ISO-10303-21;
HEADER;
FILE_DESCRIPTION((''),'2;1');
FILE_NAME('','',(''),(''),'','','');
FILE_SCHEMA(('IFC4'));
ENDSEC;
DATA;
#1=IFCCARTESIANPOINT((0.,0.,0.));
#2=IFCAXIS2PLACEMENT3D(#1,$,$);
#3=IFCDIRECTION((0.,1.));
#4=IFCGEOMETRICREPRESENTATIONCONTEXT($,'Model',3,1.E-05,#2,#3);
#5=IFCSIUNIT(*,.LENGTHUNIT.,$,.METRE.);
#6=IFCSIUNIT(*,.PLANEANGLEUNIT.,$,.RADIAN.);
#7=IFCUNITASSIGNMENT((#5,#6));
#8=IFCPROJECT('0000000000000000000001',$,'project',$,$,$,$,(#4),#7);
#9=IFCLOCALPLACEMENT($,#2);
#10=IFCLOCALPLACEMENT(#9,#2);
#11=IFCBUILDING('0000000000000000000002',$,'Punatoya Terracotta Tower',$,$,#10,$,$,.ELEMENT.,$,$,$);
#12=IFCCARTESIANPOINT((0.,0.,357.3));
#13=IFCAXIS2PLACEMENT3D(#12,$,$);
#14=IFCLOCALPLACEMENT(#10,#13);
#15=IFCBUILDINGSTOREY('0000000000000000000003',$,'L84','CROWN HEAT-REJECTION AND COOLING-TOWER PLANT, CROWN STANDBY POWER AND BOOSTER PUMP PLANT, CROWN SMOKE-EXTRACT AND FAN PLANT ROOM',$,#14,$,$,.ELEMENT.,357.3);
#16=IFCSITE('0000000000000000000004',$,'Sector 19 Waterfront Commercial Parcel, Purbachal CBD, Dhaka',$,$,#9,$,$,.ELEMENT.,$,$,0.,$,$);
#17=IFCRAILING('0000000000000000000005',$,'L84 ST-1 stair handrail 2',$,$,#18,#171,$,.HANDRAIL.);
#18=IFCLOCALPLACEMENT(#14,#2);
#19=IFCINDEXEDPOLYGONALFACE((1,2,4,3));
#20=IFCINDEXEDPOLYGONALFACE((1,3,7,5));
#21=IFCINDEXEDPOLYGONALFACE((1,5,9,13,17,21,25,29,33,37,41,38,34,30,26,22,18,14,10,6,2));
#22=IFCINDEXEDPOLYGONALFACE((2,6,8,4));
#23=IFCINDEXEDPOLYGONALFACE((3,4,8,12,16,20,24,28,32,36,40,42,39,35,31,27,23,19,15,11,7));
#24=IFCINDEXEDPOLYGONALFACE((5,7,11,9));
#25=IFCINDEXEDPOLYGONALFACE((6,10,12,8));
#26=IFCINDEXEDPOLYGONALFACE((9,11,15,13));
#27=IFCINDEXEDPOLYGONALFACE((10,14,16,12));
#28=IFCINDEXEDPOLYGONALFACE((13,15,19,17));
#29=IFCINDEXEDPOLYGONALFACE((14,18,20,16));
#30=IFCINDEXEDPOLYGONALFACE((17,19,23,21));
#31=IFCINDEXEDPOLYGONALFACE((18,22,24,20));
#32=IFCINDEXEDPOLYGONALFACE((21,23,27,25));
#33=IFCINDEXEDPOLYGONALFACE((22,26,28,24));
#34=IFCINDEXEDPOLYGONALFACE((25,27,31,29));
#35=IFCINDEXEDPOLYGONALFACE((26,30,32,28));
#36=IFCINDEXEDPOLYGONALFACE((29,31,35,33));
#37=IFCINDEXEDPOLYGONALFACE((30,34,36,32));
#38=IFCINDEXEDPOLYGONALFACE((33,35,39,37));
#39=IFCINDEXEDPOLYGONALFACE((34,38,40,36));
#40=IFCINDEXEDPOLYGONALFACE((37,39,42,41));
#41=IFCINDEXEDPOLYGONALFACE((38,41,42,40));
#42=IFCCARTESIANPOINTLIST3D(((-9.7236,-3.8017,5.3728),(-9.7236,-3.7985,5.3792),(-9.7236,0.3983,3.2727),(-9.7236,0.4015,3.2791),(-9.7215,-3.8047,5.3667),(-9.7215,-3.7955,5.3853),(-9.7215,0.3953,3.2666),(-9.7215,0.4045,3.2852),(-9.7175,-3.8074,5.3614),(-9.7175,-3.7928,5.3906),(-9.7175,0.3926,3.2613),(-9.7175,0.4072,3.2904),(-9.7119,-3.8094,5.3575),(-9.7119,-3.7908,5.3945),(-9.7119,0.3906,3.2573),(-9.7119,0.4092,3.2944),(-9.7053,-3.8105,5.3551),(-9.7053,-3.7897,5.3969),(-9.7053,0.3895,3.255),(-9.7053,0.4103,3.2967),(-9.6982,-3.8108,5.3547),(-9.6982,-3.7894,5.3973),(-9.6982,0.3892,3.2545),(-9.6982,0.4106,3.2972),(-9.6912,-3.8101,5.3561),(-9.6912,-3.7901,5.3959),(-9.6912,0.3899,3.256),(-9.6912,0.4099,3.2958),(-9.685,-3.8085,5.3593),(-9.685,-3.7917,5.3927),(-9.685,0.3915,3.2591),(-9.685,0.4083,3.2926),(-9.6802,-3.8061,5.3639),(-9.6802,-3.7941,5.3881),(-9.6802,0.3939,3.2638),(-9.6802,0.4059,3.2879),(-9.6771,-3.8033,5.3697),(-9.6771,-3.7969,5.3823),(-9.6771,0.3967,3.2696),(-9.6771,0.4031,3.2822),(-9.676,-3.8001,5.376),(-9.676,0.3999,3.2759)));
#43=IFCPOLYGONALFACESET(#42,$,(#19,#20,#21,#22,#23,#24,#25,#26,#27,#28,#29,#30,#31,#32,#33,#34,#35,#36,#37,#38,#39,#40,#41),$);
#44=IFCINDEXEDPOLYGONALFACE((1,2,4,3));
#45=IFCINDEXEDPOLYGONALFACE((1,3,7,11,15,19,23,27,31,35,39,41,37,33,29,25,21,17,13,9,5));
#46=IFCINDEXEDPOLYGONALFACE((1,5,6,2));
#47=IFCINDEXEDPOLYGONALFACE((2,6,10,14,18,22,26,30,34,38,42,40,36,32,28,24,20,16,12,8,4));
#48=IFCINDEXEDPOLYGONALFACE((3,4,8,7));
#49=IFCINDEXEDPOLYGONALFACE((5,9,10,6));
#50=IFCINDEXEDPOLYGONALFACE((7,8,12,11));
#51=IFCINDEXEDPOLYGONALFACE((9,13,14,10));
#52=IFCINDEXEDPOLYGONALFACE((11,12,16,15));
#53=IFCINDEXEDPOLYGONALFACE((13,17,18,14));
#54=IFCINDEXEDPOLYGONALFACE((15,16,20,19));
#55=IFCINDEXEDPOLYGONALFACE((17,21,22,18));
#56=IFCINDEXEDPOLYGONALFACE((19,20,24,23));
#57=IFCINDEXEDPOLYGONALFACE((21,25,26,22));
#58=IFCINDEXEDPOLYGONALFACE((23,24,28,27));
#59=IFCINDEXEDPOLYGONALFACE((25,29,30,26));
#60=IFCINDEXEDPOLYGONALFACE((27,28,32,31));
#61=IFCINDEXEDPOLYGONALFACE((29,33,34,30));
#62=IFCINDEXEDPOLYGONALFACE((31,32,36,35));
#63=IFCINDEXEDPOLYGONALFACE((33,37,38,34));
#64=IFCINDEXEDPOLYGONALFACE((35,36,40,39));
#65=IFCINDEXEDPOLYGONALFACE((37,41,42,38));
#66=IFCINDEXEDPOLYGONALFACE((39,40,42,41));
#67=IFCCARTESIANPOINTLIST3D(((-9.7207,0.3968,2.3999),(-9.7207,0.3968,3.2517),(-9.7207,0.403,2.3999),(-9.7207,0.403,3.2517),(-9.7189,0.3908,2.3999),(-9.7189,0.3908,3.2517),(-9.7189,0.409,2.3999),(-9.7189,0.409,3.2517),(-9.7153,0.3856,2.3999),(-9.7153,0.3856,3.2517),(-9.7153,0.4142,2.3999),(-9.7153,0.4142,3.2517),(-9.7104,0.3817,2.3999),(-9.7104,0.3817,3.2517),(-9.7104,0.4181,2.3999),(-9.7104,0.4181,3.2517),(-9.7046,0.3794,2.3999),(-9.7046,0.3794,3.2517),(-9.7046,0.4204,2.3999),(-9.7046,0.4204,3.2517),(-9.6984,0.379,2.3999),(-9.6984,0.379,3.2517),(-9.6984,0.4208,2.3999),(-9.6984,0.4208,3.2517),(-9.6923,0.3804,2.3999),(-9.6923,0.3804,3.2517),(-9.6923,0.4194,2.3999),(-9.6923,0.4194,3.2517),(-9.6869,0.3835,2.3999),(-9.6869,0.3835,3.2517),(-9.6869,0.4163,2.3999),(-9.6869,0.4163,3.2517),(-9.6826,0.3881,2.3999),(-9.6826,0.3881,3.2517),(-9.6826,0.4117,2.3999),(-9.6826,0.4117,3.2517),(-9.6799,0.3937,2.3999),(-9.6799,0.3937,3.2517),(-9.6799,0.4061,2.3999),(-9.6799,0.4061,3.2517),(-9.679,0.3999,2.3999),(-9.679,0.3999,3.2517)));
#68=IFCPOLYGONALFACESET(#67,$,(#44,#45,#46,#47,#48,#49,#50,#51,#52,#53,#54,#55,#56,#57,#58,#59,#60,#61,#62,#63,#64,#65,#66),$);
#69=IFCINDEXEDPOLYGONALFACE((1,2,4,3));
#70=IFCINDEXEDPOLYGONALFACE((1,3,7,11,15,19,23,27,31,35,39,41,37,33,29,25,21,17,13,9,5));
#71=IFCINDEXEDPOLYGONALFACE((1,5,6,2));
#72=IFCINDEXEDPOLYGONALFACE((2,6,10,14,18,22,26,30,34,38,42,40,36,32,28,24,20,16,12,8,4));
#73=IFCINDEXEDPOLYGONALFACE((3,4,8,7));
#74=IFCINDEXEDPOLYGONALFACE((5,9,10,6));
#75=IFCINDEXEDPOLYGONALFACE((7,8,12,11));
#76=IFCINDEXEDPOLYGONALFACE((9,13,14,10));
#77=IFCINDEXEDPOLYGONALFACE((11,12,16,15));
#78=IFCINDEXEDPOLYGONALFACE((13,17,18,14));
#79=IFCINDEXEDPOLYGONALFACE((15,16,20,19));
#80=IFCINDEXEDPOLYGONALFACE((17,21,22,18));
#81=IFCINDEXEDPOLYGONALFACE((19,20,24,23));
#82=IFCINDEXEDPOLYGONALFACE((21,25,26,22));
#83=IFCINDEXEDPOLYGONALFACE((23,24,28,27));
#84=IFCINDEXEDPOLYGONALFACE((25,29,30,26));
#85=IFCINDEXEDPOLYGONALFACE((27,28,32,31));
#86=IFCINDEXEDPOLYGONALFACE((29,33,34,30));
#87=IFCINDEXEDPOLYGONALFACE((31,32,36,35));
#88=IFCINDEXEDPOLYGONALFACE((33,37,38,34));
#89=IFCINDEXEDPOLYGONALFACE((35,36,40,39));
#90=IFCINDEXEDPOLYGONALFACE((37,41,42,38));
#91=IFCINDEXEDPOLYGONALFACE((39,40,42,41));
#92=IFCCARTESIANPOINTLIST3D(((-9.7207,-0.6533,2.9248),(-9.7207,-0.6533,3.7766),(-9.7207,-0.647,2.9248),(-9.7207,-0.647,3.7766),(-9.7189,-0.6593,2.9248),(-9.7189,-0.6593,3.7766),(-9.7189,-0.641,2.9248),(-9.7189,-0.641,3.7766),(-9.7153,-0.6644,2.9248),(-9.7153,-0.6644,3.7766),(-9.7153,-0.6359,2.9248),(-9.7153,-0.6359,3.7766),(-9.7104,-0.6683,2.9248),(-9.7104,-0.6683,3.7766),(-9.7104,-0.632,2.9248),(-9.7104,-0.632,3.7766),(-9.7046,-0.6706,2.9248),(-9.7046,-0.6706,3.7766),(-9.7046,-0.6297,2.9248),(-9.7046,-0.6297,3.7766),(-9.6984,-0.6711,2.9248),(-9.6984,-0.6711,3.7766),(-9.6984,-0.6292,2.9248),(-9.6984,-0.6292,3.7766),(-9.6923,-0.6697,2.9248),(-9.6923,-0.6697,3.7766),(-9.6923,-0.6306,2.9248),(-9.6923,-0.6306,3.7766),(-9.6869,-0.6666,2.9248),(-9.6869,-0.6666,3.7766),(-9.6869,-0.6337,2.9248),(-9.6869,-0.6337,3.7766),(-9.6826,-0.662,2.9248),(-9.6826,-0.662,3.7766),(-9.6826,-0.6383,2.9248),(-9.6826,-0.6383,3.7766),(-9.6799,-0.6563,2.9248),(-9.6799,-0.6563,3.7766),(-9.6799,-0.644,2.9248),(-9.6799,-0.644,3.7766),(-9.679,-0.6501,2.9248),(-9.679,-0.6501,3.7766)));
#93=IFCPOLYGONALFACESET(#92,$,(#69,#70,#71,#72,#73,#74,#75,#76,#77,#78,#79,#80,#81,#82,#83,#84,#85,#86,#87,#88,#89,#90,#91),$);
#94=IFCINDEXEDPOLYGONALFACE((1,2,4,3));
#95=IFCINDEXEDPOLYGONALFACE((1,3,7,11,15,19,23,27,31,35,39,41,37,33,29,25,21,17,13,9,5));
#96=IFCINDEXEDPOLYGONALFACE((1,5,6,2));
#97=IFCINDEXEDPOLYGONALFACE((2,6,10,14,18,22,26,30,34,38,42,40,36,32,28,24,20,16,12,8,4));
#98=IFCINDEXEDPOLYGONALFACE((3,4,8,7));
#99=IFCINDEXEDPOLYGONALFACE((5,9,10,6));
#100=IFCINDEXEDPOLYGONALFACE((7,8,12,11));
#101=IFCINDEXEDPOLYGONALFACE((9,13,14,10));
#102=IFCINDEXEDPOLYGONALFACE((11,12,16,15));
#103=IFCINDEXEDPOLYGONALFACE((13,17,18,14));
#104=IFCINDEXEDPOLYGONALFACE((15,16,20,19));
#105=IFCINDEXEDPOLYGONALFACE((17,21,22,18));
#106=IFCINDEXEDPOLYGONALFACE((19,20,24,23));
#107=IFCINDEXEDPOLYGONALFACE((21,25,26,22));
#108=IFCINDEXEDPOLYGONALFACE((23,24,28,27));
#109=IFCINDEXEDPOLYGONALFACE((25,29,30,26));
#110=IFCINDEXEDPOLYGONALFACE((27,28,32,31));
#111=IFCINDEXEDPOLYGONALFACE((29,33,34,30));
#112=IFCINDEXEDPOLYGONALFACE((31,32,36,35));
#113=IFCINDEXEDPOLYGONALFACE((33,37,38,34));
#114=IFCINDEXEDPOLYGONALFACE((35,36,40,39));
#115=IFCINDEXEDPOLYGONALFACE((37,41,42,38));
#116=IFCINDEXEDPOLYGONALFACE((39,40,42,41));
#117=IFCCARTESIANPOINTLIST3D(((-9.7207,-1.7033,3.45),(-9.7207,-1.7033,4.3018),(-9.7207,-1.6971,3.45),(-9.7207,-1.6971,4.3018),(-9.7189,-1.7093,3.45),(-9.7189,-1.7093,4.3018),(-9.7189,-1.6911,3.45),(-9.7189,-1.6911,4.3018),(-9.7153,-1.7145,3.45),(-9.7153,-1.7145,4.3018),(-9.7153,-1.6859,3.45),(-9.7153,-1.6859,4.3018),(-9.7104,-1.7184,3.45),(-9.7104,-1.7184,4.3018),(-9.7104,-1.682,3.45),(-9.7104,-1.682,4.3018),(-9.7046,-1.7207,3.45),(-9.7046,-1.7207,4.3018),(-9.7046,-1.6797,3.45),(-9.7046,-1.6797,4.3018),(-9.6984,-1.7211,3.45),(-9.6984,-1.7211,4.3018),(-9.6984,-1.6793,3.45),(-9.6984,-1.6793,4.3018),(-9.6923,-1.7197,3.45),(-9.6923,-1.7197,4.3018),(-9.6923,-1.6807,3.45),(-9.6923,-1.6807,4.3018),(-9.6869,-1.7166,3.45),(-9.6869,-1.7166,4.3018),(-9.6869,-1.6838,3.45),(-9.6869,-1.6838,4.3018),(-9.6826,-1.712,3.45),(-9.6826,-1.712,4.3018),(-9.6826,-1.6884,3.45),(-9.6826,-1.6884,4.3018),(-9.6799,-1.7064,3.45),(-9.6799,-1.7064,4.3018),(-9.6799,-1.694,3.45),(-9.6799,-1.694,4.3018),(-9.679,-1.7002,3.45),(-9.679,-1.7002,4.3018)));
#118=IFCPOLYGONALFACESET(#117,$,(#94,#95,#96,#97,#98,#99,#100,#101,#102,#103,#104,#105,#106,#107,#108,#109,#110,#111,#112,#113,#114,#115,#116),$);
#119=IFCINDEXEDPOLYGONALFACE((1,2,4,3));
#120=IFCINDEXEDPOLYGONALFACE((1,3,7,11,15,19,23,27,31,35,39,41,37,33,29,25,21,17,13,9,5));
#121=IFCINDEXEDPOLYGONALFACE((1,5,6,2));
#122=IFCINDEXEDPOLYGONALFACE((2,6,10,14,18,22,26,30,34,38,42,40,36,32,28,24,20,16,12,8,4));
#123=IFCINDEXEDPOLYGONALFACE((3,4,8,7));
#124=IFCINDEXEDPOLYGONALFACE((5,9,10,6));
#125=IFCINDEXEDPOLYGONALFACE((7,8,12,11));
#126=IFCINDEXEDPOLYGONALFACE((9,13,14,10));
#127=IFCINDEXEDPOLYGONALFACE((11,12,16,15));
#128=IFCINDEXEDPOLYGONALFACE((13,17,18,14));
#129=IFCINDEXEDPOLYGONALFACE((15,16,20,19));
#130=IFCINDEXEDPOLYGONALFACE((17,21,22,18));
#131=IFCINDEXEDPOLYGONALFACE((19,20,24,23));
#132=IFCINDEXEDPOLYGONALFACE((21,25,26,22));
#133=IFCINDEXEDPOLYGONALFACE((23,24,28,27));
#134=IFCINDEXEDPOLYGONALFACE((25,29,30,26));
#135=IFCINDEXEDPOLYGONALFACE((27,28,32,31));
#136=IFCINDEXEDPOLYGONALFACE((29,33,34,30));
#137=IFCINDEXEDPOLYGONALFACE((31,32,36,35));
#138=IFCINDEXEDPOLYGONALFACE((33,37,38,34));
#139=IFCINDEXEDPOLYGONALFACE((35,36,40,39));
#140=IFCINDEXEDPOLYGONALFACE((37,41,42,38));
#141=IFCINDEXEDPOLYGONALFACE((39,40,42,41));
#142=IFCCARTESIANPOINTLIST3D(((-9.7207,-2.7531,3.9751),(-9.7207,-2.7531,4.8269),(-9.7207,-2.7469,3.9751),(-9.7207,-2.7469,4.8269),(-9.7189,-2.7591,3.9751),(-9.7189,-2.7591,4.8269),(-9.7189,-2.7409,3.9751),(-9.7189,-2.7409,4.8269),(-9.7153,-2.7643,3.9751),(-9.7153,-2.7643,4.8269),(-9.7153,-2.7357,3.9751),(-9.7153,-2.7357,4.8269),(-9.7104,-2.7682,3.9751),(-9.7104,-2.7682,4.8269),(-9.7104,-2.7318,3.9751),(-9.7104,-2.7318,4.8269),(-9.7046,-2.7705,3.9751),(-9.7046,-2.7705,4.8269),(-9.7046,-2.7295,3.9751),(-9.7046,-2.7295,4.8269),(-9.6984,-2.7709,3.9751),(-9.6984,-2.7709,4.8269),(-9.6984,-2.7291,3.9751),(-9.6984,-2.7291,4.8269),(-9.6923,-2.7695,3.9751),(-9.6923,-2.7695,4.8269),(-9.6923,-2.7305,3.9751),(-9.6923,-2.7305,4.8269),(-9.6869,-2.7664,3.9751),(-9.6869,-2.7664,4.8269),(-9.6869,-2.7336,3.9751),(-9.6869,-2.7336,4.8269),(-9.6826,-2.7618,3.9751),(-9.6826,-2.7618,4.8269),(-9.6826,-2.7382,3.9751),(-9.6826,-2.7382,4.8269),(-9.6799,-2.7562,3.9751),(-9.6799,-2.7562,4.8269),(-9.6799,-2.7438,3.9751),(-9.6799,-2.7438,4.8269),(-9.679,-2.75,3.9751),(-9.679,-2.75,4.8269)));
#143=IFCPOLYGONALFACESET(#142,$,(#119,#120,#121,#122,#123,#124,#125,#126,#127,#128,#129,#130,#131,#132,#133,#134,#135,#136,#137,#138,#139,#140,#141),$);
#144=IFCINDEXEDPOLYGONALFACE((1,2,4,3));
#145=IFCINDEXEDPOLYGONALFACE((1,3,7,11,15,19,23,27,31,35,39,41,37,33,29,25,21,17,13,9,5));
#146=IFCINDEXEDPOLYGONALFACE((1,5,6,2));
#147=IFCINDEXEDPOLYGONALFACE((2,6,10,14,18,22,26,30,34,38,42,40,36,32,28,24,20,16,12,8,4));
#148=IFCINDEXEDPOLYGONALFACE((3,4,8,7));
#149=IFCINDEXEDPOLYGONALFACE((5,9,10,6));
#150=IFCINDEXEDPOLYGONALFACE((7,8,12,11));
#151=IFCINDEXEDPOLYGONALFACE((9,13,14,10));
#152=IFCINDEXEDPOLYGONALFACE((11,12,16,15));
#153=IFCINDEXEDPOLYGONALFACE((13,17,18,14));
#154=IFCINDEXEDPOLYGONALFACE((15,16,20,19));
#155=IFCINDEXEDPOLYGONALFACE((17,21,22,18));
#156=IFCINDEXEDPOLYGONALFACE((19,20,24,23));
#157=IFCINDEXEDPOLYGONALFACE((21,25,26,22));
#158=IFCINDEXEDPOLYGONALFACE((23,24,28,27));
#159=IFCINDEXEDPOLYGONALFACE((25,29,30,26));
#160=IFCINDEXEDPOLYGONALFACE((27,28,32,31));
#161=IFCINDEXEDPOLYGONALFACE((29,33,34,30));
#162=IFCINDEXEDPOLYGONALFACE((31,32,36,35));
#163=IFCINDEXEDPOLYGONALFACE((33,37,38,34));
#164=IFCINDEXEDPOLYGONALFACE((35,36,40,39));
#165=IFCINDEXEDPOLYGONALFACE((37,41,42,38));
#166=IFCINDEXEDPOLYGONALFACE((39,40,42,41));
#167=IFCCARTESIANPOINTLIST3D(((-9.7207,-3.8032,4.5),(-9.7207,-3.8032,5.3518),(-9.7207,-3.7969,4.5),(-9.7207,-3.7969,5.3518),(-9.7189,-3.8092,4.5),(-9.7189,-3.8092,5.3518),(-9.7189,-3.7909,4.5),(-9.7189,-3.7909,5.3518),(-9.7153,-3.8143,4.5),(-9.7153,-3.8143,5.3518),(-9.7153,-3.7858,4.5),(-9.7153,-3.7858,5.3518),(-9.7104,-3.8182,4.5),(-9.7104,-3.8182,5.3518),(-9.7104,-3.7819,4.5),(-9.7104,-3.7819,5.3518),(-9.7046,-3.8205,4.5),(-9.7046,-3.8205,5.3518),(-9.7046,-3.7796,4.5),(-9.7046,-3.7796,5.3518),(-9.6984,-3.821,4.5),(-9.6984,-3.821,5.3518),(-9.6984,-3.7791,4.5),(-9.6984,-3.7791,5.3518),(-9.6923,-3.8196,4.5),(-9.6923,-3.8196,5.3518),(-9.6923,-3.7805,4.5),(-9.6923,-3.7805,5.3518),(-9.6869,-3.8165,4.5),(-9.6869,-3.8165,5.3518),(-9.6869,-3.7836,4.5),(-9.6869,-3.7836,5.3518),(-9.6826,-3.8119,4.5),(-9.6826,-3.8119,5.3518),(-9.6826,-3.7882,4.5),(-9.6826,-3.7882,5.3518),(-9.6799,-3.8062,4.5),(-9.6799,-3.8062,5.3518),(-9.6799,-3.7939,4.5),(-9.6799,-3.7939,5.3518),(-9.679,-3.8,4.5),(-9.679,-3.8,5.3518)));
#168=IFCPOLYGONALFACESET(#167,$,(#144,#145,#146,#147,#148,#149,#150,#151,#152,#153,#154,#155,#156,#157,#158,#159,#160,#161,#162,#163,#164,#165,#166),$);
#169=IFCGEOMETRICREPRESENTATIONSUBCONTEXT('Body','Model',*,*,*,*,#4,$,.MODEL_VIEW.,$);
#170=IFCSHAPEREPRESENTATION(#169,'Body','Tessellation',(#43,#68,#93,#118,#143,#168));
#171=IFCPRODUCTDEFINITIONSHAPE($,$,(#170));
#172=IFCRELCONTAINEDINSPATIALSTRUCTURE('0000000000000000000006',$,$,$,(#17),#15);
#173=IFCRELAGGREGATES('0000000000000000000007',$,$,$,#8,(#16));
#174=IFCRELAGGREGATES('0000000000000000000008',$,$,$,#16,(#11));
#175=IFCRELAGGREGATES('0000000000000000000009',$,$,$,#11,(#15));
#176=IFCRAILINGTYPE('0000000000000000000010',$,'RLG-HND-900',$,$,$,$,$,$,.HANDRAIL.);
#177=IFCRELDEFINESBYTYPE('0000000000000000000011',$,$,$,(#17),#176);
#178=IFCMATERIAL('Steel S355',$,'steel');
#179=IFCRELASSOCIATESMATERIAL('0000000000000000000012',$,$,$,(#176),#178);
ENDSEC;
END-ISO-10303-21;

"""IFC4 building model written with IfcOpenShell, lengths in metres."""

from ifc_helpers import new_model, si_unit, direction, frame, origin, origin_2d, place, context, subcontext, project, spatial, circle, extrude, material, type_object, element, save


model = new_model("IFC4")

# Units and contexts
model_context = context("Model", 3, precision=1e-05, world=origin(), true_north=direction((0.0, 1.0)))
body_context = subcontext(model_context, "Body", "Model", "MODEL_VIEW")
ifc_project = project(units=[si_unit("LENGTHUNIT", "METRE"), si_unit("PLANEANGLEUNIT", "RADIAN")], contexts=[model_context])

# Site, building, storey
site_placement = place(None, origin())
site = spatial("IfcSite", under=ifc_project, at=site_placement, Name="Sector 19 Waterfront Commercial Parcel, Purbachal CBD, Dhaka", CompositionType="ELEMENT", RefElevation=0.0)
building_placement = place(site_placement, origin())
building = spatial("IfcBuilding", under=site, at=building_placement, Name="Punatoya Terracotta Tower", CompositionType="ELEMENT")
storey_placement = place(building_placement, frame((0.0, 0.0, 357.3)))
storey = spatial("IfcBuildingStorey", under=building, at=storey_placement, Name="L84", Description="CROWN HEAT-REJECTION AND COOLING-TOWER PLANT, CROWN STANDBY POWER AND BOOSTER PUMP PLANT, CROWN SMOKE-EXTRACT AND FAN PLANT ROOM", CompositionType="ELEMENT", Elevation=357.3)

# Shared definitions
ifc_material_1 = material(Name="Steel S355", Category="steel")

# Railing
railing_type_1 = type_object("IfcRailingType", Name="RLG-HND-900", PredefinedType="HANDRAIL", material=ifc_material_1)
railing_1_placement = place(storey_placement, frame((-9.7, 0.3999, 2.3999)))
element("IfcRailing", 1, at=railing_1_placement, inside=storey, type_object=railing_type_1, Name="L84 ST-1 stair handrail 2", PredefinedType="HANDRAIL", context=body_context, shape_type="SweptSolid", body=[
    extrude(circle(Radius=0.0239, at=origin_2d()), frame((0.0, 0.0, 0.876), z_axis=(0.0, -0.894417, 0.447234), x_axis=(1.0, 0.0, 0.0)), (0.0, 0.0, 1.0), 4.6958),
    extrude(circle(Radius=0.021, at=origin_2d()), origin(), (0.0, 0.0, 1.0), 0.8518),
    extrude(circle(Radius=0.021, at=origin_2d()), frame((0.0, -1.05, 0.5249)), (0.0, 0.0, 1.0), 0.8518),
    extrude(circle(Radius=0.021, at=origin_2d()), frame((0.0, -2.1001, 1.05)), (0.0, 0.0, 1.0), 0.8518),
    extrude(circle(Radius=0.021, at=origin_2d()), frame((0.0, -3.1499, 1.5752)), (0.0, 0.0, 1.0), 0.8518),
    extrude(circle(Radius=0.021, at=origin_2d()), frame((0.0, -4.2, 2.1001)), (0.0, 0.0, 1.0), 0.8518),
])

save(model, "model.ifc")
